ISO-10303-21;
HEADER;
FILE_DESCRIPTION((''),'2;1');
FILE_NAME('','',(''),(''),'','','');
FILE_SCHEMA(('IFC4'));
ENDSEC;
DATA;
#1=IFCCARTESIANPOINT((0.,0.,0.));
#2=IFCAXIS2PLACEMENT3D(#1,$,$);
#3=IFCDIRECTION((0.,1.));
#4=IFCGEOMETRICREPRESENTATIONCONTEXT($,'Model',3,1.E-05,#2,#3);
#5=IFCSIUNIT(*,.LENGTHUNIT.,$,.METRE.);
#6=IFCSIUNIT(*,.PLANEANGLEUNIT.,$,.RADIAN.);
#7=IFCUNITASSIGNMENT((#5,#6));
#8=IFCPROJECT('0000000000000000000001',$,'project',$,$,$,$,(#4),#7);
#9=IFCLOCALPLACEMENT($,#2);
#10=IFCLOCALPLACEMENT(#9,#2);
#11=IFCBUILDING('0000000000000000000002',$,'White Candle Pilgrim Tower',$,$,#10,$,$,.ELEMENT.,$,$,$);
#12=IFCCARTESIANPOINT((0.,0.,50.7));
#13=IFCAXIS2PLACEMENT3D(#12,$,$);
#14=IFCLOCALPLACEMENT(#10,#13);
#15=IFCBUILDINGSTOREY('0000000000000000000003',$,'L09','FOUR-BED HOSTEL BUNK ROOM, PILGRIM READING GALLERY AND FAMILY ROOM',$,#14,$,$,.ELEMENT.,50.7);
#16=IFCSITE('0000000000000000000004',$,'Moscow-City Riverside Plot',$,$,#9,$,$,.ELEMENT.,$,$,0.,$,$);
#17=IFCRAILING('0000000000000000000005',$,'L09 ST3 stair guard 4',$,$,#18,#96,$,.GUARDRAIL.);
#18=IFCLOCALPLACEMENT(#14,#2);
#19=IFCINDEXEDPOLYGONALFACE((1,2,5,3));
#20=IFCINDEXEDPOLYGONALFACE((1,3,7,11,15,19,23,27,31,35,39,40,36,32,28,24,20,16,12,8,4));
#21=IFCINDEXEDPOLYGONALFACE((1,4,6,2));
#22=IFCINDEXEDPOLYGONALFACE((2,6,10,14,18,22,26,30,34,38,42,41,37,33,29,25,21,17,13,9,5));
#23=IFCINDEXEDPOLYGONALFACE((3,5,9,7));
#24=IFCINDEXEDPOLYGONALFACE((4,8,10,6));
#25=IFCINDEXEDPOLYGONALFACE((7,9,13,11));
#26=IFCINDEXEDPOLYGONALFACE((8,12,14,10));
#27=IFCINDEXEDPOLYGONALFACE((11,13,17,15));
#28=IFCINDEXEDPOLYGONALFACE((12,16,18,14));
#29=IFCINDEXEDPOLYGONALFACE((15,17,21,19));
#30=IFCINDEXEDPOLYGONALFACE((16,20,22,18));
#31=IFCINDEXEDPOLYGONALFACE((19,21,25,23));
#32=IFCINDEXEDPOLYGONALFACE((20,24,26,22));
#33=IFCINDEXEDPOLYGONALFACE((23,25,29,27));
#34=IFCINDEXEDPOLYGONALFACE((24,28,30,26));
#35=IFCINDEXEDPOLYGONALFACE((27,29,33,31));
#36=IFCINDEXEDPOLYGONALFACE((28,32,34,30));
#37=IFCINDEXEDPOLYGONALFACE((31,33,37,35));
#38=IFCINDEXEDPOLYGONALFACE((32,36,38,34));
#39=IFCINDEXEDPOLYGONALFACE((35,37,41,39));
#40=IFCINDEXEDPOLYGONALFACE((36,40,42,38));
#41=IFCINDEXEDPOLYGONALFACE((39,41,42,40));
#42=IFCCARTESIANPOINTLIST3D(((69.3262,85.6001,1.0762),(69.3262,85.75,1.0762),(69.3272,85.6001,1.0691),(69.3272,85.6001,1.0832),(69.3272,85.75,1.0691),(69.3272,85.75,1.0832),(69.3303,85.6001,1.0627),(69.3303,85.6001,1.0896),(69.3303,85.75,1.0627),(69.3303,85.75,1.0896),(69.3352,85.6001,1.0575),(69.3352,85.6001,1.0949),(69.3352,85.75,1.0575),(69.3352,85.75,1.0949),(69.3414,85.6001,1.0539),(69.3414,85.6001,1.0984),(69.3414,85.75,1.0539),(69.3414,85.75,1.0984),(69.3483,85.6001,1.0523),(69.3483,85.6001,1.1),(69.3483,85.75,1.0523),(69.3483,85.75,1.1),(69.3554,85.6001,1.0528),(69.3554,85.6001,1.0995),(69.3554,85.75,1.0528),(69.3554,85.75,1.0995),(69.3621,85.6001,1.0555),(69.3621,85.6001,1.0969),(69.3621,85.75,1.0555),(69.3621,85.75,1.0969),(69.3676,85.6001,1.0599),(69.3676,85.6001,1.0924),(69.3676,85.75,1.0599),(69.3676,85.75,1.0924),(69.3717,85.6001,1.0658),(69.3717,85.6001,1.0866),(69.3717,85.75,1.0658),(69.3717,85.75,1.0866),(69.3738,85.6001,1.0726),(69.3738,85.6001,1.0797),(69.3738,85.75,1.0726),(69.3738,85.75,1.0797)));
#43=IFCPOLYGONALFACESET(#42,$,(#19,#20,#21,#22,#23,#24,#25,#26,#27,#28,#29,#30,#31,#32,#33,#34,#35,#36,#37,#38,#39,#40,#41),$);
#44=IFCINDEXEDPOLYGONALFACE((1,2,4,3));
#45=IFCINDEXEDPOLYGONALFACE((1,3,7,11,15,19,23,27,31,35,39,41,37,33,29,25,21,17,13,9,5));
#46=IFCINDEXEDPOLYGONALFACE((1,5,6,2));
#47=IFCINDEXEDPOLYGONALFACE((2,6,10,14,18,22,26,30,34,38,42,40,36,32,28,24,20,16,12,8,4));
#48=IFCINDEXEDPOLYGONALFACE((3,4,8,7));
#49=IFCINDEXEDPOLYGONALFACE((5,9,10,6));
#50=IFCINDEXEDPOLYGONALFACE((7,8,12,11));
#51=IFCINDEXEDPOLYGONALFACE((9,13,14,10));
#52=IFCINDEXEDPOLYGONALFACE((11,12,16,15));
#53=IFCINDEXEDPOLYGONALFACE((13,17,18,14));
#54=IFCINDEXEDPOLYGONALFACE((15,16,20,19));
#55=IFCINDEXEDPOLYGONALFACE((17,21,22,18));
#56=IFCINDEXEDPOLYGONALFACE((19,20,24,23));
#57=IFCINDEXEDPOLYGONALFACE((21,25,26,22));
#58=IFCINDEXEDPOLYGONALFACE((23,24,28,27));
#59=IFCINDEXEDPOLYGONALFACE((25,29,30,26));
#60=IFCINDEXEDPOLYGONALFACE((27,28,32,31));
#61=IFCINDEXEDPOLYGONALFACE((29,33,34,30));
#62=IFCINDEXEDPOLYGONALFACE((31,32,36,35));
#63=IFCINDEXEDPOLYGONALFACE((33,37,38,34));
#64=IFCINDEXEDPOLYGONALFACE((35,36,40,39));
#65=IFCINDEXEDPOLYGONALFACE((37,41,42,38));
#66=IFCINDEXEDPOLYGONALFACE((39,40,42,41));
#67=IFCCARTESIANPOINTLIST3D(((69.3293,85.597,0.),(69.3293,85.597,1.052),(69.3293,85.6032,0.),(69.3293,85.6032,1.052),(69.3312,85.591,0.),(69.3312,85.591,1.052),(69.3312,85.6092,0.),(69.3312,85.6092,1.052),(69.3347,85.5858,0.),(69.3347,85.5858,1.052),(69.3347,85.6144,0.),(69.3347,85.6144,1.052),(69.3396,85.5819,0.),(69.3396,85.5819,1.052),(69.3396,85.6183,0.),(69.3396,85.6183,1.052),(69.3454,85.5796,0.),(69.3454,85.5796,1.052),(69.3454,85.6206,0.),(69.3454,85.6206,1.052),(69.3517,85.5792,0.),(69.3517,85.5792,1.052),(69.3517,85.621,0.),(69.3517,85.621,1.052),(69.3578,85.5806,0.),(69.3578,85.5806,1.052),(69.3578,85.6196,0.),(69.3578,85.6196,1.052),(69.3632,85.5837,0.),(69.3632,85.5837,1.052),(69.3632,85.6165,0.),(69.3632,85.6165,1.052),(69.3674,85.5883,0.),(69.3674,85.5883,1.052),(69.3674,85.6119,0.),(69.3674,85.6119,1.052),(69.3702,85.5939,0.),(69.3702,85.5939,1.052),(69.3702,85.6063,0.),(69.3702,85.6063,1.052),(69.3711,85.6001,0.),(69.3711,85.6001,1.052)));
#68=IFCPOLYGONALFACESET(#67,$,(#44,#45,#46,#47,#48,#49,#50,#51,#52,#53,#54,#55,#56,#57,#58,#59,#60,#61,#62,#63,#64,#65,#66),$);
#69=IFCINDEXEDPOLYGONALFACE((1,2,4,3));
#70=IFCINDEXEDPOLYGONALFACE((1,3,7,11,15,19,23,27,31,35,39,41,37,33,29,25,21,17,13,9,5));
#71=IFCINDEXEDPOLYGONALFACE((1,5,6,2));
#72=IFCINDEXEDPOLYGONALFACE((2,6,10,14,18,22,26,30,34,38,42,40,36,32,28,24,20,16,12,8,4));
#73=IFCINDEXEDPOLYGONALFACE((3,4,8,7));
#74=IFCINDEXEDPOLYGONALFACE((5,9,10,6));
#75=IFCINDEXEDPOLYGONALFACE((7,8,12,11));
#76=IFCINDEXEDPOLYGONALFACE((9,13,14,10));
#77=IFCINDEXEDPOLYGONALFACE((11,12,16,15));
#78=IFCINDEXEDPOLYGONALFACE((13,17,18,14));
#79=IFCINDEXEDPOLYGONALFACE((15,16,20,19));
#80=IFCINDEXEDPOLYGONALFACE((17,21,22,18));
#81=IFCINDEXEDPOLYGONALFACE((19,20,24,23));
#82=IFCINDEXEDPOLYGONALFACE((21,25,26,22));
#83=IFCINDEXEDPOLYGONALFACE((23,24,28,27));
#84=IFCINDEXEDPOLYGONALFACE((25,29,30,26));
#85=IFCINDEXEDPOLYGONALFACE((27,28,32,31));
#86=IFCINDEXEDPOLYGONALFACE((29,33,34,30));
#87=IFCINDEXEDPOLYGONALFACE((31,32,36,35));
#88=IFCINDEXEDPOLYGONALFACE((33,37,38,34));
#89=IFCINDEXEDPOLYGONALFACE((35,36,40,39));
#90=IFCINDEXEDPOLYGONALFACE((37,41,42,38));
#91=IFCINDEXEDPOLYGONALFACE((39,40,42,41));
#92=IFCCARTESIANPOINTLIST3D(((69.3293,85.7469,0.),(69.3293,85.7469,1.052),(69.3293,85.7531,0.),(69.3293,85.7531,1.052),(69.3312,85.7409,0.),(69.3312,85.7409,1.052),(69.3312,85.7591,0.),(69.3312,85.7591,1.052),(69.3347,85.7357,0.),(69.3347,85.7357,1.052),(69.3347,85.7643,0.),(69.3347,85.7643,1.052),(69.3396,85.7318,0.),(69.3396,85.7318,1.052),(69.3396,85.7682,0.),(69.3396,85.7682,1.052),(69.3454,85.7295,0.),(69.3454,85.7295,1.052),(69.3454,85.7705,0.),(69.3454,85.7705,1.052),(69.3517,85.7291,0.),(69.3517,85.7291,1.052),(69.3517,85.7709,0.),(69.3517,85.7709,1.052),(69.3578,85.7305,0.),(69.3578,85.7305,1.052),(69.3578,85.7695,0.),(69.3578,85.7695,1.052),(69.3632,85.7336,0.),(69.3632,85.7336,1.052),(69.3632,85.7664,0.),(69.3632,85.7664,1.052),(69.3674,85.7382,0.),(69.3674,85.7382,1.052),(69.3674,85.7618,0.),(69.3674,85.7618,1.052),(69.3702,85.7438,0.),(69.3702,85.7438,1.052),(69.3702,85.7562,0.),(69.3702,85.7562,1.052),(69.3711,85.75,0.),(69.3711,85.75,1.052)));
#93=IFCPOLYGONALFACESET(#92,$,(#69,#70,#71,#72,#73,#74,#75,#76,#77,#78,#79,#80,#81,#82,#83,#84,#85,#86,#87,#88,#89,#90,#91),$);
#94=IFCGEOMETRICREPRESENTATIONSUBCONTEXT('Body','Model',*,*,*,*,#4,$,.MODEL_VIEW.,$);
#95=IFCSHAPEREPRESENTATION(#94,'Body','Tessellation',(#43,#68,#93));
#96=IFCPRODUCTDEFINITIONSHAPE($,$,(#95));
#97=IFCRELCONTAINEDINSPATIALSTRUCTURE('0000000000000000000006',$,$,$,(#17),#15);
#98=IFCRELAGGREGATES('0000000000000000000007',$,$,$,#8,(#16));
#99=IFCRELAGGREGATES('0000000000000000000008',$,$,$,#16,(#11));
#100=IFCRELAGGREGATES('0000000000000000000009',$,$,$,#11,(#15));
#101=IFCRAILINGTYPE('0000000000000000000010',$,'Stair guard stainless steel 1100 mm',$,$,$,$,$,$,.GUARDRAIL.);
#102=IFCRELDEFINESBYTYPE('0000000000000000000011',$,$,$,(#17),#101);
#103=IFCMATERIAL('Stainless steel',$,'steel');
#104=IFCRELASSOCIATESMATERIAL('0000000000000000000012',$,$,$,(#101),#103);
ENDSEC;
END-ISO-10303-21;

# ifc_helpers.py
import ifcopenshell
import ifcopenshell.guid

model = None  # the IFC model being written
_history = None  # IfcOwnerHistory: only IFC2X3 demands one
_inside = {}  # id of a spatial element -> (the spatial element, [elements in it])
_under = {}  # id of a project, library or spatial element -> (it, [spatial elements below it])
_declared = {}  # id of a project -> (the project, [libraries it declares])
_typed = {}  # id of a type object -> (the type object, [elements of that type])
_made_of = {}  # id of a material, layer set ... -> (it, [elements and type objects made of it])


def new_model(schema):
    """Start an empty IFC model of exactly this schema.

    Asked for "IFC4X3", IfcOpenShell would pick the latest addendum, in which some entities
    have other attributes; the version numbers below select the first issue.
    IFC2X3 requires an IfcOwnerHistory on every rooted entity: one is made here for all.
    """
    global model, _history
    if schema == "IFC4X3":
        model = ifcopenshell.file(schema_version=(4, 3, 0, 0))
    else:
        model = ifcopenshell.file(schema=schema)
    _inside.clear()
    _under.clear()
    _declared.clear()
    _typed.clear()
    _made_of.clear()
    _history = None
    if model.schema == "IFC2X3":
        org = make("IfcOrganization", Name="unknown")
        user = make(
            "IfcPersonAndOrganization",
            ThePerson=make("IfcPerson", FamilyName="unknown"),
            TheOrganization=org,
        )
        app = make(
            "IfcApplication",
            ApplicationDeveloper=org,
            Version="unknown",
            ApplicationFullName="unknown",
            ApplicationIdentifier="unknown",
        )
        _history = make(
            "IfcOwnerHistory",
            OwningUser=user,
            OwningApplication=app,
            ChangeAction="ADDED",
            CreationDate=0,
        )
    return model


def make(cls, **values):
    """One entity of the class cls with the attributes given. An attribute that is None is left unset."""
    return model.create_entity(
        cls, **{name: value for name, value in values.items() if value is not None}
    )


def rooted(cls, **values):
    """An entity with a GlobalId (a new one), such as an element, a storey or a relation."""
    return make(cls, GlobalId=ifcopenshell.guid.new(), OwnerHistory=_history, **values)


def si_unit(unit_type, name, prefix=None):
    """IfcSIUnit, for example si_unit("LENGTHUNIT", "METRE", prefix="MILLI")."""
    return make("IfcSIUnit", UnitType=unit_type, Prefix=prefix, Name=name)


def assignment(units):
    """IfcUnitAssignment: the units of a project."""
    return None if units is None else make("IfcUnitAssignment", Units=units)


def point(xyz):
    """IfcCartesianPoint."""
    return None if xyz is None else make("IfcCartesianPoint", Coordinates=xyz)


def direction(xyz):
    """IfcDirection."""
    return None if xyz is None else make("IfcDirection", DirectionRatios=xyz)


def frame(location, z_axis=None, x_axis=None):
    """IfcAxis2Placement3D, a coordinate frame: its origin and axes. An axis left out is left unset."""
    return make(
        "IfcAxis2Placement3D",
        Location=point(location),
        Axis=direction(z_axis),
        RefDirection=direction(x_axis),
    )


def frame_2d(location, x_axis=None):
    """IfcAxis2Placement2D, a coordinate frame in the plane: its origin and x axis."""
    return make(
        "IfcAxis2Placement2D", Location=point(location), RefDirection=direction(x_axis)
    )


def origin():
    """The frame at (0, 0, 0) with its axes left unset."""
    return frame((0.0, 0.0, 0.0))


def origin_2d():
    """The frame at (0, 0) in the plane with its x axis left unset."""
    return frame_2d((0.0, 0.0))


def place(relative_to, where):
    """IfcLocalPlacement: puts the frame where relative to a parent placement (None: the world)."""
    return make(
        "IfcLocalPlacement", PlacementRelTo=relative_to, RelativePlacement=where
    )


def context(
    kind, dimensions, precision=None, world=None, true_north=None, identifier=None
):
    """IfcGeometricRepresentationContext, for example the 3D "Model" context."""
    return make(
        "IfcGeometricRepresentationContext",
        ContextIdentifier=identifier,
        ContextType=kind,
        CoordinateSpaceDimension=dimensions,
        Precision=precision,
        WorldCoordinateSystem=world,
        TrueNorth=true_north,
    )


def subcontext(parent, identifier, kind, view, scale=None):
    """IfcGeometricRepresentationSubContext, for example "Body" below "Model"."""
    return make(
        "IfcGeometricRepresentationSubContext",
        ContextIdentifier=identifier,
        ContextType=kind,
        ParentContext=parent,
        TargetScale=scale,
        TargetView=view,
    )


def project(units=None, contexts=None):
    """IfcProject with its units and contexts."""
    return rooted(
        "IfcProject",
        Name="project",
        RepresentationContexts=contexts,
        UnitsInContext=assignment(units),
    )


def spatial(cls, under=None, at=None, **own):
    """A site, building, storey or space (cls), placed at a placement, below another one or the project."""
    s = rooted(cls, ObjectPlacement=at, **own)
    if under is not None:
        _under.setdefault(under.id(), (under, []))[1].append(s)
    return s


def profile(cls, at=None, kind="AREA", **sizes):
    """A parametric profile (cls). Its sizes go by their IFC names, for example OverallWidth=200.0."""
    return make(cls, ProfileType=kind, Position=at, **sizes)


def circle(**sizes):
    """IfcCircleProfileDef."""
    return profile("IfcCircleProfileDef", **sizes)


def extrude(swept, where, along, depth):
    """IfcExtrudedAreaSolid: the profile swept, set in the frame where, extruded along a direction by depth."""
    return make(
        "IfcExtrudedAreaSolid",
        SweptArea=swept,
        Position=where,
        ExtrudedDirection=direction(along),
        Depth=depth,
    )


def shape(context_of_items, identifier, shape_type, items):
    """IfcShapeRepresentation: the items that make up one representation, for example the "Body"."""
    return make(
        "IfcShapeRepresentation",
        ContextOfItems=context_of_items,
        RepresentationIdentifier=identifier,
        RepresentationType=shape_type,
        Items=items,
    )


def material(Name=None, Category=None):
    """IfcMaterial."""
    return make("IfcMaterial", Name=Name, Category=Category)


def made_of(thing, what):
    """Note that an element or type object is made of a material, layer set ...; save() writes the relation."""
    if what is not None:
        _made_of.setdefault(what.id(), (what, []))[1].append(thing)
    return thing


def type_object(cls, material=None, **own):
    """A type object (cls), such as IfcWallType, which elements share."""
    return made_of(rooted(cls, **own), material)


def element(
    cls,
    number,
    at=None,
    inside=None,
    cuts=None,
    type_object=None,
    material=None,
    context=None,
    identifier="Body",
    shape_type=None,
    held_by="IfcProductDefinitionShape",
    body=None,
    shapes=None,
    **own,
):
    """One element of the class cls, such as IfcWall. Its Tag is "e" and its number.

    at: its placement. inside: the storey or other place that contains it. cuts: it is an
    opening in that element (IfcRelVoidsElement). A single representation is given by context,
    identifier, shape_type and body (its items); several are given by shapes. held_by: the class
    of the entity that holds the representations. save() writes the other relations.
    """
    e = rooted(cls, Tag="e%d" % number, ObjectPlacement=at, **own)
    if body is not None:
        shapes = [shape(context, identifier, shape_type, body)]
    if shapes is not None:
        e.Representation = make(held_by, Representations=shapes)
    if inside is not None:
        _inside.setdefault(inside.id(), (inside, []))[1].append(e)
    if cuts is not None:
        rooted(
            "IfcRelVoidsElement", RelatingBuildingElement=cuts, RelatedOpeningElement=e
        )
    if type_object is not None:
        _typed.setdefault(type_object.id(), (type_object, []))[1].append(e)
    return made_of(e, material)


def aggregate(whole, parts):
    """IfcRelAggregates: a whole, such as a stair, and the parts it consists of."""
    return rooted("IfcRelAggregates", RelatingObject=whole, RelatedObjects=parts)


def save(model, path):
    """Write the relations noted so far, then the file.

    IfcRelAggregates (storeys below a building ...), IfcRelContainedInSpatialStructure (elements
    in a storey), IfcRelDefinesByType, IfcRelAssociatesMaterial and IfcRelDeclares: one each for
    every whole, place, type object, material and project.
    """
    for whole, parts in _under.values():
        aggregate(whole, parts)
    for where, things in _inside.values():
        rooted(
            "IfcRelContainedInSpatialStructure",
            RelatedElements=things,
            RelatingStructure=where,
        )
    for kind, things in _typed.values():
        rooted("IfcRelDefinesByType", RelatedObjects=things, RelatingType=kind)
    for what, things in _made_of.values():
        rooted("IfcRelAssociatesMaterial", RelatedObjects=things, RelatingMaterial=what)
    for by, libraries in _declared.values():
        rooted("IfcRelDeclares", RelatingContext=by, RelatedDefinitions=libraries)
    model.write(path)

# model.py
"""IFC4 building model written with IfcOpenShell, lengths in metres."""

from ifc_helpers import new_model, si_unit, direction, frame, origin, origin_2d, place, context, subcontext, project, spatial, circle, extrude, material, type_object, element, save


model = new_model("IFC4")

# Units and contexts
model_context = context("Model", 3, precision=1e-05, world=origin(), true_north=direction((0.0, 1.0)))
body_context = subcontext(model_context, "Body", "Model", "MODEL_VIEW")
ifc_project = project(units=[si_unit("LENGTHUNIT", "METRE"), si_unit("PLANEANGLEUNIT", "RADIAN")], contexts=[model_context])

# Site, building, storey
site_placement = place(None, origin())
site = spatial("IfcSite", under=ifc_project, at=site_placement, Name="Moscow-City Riverside Plot", CompositionType="ELEMENT", RefElevation=0.0)
building_placement = place(site_placement, origin())
building = spatial("IfcBuilding", under=site, at=building_placement, Name="White Candle Pilgrim Tower", CompositionType="ELEMENT")
storey_placement = place(building_placement, frame((0.0, 0.0, 50.7)))
storey = spatial("IfcBuildingStorey", under=building, at=storey_placement, Name="L09", Description="FOUR-BED HOSTEL BUNK ROOM, PILGRIM READING GALLERY AND FAMILY ROOM", CompositionType="ELEMENT", Elevation=50.7)

# Railing
ifc_material_1 = material(Name="Stainless steel", Category="steel")
railing_type_1 = type_object("IfcRailingType", Name="Stair guard stainless steel 1100 mm", PredefinedType="GUARDRAIL", material=ifc_material_1)
railing_1_placement = place(storey_placement, frame((69.3501, 85.6001, 0.0)))
element("IfcRailing", 1, at=railing_1_placement, inside=storey, type_object=railing_type_1, Name="L09 ST3 stair guard 4", PredefinedType="GUARDRAIL", context=body_context, shape_type="SweptSolid", body=[
    extrude(circle(Radius=0.0239, at=origin_2d()), frame((0.0, 0.0, 1.0762), z_axis=(0.0, 1.0, 0.0), x_axis=(-1.0, 0.0, 0.0)), (0.0, 0.0, 1.0), 0.1499),
    extrude(circle(Radius=0.021, at=origin_2d()), origin(), (0.0, 0.0, 1.0), 1.052),
    extrude(circle(Radius=0.021, at=origin_2d()), frame((0.0, 0.1499, 0.0)), (0.0, 0.0, 1.0), 1.052),
])

save(model, "model.ifc")
